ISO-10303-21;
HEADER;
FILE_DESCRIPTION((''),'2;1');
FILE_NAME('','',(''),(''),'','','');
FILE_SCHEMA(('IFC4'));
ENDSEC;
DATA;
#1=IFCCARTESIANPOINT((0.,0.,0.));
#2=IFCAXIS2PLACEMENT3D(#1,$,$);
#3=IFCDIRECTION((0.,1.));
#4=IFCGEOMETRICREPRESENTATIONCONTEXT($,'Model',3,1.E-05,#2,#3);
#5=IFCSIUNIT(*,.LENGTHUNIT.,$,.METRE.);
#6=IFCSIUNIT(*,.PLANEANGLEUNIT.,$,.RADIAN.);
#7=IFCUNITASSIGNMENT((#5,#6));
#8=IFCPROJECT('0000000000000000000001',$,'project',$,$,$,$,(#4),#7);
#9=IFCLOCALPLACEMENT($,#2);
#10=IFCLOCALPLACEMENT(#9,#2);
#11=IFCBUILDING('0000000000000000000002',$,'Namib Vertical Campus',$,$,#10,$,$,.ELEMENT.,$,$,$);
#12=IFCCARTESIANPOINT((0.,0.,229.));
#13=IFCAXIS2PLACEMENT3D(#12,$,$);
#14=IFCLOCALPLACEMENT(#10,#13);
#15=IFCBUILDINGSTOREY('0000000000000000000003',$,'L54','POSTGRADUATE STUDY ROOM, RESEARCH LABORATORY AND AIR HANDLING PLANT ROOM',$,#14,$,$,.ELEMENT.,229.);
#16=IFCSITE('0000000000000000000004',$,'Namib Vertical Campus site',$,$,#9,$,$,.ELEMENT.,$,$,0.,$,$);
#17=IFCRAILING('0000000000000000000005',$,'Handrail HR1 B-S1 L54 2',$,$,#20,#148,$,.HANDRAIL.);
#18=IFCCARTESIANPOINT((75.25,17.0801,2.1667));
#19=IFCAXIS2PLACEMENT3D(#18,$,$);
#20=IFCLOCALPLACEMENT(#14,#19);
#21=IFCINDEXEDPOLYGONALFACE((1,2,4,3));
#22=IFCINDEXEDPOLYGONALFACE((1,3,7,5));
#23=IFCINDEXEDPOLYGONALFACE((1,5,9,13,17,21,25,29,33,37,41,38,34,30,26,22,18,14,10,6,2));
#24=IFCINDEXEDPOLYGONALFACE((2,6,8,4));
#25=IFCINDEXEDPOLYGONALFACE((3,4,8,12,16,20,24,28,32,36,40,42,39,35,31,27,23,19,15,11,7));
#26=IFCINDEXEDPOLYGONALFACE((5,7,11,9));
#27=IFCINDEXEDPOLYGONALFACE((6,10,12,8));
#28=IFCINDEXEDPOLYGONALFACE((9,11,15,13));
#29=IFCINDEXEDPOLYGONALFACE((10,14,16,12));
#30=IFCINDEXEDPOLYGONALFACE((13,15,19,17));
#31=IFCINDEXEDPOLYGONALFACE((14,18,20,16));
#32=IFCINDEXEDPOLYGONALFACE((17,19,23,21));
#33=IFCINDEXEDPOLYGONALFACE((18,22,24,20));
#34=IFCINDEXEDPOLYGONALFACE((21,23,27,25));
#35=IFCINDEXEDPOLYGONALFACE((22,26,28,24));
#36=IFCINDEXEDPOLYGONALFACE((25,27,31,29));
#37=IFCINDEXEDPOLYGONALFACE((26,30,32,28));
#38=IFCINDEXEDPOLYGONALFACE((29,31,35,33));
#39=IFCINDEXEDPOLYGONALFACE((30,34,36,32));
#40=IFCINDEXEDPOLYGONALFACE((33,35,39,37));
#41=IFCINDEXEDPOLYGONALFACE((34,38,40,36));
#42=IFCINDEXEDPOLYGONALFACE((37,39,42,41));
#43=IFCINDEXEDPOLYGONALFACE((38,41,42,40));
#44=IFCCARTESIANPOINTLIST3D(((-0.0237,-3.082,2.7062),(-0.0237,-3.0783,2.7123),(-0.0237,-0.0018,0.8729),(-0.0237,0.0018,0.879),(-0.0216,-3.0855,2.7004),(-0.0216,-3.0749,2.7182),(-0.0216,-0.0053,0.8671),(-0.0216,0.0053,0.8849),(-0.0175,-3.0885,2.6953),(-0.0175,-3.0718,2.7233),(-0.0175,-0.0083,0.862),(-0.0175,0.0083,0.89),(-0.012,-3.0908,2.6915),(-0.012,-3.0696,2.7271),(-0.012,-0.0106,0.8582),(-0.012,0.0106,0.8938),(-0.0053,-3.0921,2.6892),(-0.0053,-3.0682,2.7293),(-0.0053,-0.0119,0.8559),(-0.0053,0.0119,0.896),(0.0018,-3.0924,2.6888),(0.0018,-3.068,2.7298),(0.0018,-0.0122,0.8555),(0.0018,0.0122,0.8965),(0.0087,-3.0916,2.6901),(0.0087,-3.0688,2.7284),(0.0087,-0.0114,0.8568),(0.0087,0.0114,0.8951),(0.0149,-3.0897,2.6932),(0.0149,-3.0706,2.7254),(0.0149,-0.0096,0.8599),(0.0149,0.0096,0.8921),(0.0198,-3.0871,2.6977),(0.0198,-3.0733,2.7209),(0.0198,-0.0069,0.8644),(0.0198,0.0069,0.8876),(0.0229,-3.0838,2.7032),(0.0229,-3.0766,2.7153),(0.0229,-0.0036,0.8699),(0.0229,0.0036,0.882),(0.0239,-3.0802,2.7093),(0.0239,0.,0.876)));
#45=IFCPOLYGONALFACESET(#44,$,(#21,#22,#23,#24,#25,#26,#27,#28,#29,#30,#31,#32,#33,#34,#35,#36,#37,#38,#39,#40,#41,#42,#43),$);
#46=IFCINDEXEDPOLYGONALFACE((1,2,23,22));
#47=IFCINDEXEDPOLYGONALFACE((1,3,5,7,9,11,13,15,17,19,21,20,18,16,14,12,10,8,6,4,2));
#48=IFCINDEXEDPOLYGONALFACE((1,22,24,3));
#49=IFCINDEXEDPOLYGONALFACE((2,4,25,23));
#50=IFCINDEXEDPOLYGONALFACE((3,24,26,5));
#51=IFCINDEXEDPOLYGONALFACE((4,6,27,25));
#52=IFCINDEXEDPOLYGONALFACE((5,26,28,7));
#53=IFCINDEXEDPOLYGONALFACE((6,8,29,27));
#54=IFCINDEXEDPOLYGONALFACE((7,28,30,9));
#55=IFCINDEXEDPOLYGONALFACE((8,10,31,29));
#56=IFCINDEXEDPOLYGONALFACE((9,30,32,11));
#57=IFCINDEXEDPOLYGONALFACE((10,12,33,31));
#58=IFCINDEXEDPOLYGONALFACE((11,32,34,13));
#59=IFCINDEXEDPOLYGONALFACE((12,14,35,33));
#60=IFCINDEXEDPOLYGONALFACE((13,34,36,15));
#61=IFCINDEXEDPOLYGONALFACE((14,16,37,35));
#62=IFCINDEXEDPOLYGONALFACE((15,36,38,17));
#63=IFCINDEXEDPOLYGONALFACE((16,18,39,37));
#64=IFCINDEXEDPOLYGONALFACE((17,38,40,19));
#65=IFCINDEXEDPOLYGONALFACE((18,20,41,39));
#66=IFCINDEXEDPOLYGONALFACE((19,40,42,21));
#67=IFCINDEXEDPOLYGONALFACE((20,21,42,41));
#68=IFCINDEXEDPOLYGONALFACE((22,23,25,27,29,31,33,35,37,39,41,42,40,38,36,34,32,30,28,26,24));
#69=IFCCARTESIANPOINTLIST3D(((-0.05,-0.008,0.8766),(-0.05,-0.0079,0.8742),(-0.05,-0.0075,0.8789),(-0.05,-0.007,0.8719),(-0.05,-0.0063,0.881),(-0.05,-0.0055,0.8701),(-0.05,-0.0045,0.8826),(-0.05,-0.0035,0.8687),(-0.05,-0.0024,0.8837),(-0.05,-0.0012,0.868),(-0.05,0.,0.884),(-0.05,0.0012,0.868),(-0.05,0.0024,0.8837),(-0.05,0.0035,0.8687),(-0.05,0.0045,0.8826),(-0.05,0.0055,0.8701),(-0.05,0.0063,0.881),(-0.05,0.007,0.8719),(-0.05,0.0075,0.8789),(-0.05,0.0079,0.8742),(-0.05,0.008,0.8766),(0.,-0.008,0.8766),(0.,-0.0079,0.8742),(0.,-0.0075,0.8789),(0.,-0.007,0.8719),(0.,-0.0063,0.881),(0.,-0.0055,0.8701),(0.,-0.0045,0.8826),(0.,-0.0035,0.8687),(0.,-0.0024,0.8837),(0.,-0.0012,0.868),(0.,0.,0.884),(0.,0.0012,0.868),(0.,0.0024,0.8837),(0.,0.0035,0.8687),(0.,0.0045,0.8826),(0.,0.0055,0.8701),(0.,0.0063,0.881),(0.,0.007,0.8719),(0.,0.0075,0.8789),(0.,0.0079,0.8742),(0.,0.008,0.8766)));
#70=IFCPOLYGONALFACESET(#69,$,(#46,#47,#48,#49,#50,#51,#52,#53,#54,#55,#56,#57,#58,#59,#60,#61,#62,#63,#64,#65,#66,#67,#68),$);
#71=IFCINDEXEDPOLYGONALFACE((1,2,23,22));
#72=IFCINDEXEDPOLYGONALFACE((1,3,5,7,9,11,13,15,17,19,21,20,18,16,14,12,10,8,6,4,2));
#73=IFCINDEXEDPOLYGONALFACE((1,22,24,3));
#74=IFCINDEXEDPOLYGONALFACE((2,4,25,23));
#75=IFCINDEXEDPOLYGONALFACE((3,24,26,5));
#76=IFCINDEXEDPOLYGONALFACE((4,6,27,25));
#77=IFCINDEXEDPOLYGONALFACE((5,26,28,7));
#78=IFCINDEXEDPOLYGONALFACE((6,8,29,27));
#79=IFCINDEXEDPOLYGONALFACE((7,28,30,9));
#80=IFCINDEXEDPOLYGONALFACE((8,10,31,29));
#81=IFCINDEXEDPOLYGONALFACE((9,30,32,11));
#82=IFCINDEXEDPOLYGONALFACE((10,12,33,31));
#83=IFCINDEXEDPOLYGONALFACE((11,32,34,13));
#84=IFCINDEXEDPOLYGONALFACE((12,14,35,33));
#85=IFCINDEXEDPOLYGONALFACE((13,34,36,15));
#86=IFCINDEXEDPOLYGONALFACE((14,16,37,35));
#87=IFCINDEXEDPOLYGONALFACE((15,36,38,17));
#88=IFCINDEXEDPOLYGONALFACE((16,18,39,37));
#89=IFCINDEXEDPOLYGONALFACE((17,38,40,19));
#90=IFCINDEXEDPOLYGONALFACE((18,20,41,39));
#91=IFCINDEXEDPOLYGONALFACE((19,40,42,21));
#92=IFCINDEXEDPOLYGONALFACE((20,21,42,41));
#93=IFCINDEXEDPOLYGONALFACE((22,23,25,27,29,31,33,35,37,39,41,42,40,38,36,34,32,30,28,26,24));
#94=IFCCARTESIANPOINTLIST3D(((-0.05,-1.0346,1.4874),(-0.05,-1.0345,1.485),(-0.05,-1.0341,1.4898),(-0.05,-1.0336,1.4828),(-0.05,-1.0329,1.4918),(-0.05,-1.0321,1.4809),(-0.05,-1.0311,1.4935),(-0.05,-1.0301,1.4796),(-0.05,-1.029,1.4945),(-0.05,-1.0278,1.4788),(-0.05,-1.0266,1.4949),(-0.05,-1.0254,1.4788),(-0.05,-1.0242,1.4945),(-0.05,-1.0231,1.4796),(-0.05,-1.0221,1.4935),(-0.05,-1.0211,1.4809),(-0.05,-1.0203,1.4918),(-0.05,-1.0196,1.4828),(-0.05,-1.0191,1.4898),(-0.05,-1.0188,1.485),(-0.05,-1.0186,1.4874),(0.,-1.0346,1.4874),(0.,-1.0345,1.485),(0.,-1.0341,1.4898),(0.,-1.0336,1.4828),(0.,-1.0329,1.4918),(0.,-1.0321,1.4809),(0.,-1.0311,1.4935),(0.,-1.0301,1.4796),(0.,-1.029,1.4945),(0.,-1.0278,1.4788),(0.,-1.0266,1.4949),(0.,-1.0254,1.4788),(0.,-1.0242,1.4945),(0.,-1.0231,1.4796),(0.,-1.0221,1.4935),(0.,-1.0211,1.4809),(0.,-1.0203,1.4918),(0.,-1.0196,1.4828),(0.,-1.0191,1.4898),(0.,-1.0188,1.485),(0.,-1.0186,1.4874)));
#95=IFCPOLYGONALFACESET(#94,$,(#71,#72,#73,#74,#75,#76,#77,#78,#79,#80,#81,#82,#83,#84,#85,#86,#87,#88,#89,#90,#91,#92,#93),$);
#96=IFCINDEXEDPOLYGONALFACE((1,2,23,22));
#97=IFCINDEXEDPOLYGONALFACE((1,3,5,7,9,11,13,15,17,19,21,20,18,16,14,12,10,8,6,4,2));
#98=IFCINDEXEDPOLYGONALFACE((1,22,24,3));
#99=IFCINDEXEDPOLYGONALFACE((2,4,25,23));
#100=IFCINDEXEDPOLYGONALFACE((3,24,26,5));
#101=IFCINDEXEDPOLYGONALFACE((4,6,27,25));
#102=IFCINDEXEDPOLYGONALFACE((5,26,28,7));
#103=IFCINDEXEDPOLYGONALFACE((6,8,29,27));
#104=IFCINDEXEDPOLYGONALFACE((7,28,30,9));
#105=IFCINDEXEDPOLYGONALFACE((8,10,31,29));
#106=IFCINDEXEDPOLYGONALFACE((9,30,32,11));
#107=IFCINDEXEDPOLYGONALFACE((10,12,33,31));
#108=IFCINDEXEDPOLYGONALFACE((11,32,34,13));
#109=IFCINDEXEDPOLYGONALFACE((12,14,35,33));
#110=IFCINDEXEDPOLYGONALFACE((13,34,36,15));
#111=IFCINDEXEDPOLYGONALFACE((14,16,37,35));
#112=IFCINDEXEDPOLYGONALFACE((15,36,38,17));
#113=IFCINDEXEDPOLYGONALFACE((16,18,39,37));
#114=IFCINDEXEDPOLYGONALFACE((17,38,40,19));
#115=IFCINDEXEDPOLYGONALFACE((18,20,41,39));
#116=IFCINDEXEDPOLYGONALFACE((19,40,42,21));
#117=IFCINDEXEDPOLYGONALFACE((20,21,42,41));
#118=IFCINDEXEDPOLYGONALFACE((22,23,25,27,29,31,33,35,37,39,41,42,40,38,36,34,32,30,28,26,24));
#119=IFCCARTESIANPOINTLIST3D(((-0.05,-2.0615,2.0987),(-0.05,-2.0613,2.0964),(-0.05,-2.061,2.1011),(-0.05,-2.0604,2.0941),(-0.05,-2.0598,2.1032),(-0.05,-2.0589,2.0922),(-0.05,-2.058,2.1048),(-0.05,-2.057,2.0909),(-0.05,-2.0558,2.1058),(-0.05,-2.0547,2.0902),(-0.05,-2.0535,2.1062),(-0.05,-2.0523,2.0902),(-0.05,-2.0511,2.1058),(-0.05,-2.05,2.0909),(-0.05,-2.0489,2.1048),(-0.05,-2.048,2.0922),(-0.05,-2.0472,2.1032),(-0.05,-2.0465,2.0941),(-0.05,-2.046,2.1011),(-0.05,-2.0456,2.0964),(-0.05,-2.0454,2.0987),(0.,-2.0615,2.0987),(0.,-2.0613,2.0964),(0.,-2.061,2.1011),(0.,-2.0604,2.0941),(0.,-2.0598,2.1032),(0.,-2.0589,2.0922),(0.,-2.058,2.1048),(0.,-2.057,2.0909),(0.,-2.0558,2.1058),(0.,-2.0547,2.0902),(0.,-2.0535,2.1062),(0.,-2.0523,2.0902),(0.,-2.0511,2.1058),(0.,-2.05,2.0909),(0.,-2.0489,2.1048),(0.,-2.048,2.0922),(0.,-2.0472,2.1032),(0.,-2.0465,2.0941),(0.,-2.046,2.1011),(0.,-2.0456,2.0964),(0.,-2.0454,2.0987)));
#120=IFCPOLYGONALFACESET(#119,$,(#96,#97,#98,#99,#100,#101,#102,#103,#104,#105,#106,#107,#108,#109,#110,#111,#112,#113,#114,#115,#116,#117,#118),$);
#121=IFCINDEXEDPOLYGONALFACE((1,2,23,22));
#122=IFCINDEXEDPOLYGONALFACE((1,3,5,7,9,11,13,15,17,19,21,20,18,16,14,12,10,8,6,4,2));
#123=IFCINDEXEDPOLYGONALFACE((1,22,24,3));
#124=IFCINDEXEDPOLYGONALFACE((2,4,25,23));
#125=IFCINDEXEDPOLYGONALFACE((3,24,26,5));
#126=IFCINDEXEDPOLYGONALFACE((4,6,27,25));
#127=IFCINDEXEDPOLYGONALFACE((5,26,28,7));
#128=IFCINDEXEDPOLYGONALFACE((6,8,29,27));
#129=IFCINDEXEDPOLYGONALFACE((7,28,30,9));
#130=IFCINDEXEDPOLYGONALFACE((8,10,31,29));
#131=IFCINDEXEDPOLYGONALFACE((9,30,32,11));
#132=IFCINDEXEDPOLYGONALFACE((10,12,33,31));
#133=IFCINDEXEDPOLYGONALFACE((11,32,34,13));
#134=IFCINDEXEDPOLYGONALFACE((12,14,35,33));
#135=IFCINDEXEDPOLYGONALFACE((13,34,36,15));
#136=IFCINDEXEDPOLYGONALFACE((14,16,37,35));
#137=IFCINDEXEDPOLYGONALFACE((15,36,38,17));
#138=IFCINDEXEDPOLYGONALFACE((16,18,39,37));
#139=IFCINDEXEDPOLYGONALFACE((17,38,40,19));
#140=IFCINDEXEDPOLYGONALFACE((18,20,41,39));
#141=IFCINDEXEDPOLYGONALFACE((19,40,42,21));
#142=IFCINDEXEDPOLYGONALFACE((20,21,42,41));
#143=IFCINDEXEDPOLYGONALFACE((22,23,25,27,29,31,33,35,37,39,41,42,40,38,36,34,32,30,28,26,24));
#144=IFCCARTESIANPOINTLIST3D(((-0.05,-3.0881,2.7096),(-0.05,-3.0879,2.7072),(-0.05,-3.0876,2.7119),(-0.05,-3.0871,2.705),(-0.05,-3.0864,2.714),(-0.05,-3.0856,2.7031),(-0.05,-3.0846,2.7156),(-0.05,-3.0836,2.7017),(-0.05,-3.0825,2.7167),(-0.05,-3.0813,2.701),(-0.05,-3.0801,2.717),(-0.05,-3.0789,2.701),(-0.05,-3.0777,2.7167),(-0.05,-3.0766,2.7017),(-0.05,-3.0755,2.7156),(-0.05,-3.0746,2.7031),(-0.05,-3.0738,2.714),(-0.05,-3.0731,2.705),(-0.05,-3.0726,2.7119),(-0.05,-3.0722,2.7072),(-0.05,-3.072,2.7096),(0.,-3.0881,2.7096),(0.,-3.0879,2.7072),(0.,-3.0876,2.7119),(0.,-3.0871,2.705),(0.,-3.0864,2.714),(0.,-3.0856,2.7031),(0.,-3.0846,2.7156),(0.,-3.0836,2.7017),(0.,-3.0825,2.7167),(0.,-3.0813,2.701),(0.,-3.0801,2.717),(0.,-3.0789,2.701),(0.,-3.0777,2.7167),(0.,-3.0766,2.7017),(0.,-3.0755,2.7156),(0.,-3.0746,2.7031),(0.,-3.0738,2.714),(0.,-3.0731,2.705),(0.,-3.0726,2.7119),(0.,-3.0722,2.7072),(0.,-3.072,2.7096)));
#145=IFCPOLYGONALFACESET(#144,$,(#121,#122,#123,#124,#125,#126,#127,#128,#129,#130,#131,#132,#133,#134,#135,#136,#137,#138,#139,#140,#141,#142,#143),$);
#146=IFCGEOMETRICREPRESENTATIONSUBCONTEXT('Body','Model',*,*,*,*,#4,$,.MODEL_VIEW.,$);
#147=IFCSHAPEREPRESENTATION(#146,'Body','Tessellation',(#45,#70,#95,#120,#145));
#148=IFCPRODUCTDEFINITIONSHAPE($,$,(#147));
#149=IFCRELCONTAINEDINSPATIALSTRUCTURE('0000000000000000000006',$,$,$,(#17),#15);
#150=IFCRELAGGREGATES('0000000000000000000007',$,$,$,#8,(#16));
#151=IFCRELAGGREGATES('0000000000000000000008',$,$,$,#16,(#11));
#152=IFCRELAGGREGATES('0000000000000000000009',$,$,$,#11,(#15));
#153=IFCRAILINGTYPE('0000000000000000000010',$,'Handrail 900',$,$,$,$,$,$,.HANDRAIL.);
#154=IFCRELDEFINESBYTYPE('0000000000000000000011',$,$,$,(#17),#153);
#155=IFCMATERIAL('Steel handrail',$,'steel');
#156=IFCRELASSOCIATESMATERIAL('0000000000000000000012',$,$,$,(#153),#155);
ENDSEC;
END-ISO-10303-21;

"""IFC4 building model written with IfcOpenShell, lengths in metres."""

from ifc_helpers import new_model, si_unit, direction, frame, origin, origin_2d, place, context, subcontext, project, spatial, circle, extrude, material, type_object, element, save


model = new_model("IFC4")

# Units and contexts
model_context = context("Model", 3, precision=1e-05, world=origin(), true_north=direction((0.0, 1.0)))
body_context = subcontext(model_context, "Body", "Model", "MODEL_VIEW")
ifc_project = project(units=[si_unit("LENGTHUNIT", "METRE"), si_unit("PLANEANGLEUNIT", "RADIAN")], contexts=[model_context])

# Site, building, storey
site_placement = place(None, origin())
site = spatial("IfcSite", under=ifc_project, at=site_placement, Name="Namib Vertical Campus site", CompositionType="ELEMENT", RefElevation=0.0)
building_placement = place(site_placement, origin())
building = spatial("IfcBuilding", under=site, at=building_placement, Name="Namib Vertical Campus", CompositionType="ELEMENT")
storey_placement = place(building_placement, frame((0.0, 0.0, 229.0)))
storey = spatial("IfcBuildingStorey", under=building, at=storey_placement, Name="L54", Description="POSTGRADUATE STUDY ROOM, RESEARCH LABORATORY AND AIR HANDLING PLANT ROOM", CompositionType="ELEMENT", Elevation=229.0)

# Railing
ifc_material_1 = material(Name="Steel handrail", Category="steel")
railing_type_1 = type_object("IfcRailingType", Name="Handrail 900", PredefinedType="HANDRAIL", material=ifc_material_1)
railing_1_placement = place(storey_placement, frame((75.25, 17.0801, 2.1667)))
element("IfcRailing", 1, at=railing_1_placement, inside=storey, type_object=railing_type_1, Name="Handrail HR1 B-S1 L54 2", PredefinedType="HANDRAIL", context=body_context, shape_type="SweptSolid", body=[
    extrude(circle(Radius=0.0239, at=origin_2d()), frame((0.0, 0.0, 0.876), z_axis=(0.0, -0.859309, 0.511458), x_axis=(1.0, 0.0, 0.0)), (0.0, 0.0, 1.0), 3.5845),
    extrude(circle(Radius=0.0081, at=origin_2d()), frame((0.0, 0.0, 0.876), z_axis=(-1.0, 0.0, 0.0), x_axis=(0.0, 0.0, 1.0)), (0.0, 0.0, 1.0), 0.05),
    extrude(circle(Radius=0.0081, at=origin_2d()), frame((0.0, -1.0266, 1.4868), z_axis=(-1.0, 0.0, 0.0), x_axis=(0.0, 0.0, 1.0)), (0.0, 0.0, 1.0), 0.05),
    extrude(circle(Radius=0.0081, at=origin_2d()), frame((0.0, -2.0535, 2.0981), z_axis=(-1.0, 0.0, 0.0), x_axis=(0.0, 0.0, 1.0)), (0.0, 0.0, 1.0), 0.05),
    extrude(circle(Radius=0.0081, at=origin_2d()), frame((0.0, -3.0801, 2.709), z_axis=(-1.0, 0.0, 0.0), x_axis=(0.0, 0.0, 1.0)), (0.0, 0.0, 1.0), 0.05),
])

save(model, "model.ifc")
